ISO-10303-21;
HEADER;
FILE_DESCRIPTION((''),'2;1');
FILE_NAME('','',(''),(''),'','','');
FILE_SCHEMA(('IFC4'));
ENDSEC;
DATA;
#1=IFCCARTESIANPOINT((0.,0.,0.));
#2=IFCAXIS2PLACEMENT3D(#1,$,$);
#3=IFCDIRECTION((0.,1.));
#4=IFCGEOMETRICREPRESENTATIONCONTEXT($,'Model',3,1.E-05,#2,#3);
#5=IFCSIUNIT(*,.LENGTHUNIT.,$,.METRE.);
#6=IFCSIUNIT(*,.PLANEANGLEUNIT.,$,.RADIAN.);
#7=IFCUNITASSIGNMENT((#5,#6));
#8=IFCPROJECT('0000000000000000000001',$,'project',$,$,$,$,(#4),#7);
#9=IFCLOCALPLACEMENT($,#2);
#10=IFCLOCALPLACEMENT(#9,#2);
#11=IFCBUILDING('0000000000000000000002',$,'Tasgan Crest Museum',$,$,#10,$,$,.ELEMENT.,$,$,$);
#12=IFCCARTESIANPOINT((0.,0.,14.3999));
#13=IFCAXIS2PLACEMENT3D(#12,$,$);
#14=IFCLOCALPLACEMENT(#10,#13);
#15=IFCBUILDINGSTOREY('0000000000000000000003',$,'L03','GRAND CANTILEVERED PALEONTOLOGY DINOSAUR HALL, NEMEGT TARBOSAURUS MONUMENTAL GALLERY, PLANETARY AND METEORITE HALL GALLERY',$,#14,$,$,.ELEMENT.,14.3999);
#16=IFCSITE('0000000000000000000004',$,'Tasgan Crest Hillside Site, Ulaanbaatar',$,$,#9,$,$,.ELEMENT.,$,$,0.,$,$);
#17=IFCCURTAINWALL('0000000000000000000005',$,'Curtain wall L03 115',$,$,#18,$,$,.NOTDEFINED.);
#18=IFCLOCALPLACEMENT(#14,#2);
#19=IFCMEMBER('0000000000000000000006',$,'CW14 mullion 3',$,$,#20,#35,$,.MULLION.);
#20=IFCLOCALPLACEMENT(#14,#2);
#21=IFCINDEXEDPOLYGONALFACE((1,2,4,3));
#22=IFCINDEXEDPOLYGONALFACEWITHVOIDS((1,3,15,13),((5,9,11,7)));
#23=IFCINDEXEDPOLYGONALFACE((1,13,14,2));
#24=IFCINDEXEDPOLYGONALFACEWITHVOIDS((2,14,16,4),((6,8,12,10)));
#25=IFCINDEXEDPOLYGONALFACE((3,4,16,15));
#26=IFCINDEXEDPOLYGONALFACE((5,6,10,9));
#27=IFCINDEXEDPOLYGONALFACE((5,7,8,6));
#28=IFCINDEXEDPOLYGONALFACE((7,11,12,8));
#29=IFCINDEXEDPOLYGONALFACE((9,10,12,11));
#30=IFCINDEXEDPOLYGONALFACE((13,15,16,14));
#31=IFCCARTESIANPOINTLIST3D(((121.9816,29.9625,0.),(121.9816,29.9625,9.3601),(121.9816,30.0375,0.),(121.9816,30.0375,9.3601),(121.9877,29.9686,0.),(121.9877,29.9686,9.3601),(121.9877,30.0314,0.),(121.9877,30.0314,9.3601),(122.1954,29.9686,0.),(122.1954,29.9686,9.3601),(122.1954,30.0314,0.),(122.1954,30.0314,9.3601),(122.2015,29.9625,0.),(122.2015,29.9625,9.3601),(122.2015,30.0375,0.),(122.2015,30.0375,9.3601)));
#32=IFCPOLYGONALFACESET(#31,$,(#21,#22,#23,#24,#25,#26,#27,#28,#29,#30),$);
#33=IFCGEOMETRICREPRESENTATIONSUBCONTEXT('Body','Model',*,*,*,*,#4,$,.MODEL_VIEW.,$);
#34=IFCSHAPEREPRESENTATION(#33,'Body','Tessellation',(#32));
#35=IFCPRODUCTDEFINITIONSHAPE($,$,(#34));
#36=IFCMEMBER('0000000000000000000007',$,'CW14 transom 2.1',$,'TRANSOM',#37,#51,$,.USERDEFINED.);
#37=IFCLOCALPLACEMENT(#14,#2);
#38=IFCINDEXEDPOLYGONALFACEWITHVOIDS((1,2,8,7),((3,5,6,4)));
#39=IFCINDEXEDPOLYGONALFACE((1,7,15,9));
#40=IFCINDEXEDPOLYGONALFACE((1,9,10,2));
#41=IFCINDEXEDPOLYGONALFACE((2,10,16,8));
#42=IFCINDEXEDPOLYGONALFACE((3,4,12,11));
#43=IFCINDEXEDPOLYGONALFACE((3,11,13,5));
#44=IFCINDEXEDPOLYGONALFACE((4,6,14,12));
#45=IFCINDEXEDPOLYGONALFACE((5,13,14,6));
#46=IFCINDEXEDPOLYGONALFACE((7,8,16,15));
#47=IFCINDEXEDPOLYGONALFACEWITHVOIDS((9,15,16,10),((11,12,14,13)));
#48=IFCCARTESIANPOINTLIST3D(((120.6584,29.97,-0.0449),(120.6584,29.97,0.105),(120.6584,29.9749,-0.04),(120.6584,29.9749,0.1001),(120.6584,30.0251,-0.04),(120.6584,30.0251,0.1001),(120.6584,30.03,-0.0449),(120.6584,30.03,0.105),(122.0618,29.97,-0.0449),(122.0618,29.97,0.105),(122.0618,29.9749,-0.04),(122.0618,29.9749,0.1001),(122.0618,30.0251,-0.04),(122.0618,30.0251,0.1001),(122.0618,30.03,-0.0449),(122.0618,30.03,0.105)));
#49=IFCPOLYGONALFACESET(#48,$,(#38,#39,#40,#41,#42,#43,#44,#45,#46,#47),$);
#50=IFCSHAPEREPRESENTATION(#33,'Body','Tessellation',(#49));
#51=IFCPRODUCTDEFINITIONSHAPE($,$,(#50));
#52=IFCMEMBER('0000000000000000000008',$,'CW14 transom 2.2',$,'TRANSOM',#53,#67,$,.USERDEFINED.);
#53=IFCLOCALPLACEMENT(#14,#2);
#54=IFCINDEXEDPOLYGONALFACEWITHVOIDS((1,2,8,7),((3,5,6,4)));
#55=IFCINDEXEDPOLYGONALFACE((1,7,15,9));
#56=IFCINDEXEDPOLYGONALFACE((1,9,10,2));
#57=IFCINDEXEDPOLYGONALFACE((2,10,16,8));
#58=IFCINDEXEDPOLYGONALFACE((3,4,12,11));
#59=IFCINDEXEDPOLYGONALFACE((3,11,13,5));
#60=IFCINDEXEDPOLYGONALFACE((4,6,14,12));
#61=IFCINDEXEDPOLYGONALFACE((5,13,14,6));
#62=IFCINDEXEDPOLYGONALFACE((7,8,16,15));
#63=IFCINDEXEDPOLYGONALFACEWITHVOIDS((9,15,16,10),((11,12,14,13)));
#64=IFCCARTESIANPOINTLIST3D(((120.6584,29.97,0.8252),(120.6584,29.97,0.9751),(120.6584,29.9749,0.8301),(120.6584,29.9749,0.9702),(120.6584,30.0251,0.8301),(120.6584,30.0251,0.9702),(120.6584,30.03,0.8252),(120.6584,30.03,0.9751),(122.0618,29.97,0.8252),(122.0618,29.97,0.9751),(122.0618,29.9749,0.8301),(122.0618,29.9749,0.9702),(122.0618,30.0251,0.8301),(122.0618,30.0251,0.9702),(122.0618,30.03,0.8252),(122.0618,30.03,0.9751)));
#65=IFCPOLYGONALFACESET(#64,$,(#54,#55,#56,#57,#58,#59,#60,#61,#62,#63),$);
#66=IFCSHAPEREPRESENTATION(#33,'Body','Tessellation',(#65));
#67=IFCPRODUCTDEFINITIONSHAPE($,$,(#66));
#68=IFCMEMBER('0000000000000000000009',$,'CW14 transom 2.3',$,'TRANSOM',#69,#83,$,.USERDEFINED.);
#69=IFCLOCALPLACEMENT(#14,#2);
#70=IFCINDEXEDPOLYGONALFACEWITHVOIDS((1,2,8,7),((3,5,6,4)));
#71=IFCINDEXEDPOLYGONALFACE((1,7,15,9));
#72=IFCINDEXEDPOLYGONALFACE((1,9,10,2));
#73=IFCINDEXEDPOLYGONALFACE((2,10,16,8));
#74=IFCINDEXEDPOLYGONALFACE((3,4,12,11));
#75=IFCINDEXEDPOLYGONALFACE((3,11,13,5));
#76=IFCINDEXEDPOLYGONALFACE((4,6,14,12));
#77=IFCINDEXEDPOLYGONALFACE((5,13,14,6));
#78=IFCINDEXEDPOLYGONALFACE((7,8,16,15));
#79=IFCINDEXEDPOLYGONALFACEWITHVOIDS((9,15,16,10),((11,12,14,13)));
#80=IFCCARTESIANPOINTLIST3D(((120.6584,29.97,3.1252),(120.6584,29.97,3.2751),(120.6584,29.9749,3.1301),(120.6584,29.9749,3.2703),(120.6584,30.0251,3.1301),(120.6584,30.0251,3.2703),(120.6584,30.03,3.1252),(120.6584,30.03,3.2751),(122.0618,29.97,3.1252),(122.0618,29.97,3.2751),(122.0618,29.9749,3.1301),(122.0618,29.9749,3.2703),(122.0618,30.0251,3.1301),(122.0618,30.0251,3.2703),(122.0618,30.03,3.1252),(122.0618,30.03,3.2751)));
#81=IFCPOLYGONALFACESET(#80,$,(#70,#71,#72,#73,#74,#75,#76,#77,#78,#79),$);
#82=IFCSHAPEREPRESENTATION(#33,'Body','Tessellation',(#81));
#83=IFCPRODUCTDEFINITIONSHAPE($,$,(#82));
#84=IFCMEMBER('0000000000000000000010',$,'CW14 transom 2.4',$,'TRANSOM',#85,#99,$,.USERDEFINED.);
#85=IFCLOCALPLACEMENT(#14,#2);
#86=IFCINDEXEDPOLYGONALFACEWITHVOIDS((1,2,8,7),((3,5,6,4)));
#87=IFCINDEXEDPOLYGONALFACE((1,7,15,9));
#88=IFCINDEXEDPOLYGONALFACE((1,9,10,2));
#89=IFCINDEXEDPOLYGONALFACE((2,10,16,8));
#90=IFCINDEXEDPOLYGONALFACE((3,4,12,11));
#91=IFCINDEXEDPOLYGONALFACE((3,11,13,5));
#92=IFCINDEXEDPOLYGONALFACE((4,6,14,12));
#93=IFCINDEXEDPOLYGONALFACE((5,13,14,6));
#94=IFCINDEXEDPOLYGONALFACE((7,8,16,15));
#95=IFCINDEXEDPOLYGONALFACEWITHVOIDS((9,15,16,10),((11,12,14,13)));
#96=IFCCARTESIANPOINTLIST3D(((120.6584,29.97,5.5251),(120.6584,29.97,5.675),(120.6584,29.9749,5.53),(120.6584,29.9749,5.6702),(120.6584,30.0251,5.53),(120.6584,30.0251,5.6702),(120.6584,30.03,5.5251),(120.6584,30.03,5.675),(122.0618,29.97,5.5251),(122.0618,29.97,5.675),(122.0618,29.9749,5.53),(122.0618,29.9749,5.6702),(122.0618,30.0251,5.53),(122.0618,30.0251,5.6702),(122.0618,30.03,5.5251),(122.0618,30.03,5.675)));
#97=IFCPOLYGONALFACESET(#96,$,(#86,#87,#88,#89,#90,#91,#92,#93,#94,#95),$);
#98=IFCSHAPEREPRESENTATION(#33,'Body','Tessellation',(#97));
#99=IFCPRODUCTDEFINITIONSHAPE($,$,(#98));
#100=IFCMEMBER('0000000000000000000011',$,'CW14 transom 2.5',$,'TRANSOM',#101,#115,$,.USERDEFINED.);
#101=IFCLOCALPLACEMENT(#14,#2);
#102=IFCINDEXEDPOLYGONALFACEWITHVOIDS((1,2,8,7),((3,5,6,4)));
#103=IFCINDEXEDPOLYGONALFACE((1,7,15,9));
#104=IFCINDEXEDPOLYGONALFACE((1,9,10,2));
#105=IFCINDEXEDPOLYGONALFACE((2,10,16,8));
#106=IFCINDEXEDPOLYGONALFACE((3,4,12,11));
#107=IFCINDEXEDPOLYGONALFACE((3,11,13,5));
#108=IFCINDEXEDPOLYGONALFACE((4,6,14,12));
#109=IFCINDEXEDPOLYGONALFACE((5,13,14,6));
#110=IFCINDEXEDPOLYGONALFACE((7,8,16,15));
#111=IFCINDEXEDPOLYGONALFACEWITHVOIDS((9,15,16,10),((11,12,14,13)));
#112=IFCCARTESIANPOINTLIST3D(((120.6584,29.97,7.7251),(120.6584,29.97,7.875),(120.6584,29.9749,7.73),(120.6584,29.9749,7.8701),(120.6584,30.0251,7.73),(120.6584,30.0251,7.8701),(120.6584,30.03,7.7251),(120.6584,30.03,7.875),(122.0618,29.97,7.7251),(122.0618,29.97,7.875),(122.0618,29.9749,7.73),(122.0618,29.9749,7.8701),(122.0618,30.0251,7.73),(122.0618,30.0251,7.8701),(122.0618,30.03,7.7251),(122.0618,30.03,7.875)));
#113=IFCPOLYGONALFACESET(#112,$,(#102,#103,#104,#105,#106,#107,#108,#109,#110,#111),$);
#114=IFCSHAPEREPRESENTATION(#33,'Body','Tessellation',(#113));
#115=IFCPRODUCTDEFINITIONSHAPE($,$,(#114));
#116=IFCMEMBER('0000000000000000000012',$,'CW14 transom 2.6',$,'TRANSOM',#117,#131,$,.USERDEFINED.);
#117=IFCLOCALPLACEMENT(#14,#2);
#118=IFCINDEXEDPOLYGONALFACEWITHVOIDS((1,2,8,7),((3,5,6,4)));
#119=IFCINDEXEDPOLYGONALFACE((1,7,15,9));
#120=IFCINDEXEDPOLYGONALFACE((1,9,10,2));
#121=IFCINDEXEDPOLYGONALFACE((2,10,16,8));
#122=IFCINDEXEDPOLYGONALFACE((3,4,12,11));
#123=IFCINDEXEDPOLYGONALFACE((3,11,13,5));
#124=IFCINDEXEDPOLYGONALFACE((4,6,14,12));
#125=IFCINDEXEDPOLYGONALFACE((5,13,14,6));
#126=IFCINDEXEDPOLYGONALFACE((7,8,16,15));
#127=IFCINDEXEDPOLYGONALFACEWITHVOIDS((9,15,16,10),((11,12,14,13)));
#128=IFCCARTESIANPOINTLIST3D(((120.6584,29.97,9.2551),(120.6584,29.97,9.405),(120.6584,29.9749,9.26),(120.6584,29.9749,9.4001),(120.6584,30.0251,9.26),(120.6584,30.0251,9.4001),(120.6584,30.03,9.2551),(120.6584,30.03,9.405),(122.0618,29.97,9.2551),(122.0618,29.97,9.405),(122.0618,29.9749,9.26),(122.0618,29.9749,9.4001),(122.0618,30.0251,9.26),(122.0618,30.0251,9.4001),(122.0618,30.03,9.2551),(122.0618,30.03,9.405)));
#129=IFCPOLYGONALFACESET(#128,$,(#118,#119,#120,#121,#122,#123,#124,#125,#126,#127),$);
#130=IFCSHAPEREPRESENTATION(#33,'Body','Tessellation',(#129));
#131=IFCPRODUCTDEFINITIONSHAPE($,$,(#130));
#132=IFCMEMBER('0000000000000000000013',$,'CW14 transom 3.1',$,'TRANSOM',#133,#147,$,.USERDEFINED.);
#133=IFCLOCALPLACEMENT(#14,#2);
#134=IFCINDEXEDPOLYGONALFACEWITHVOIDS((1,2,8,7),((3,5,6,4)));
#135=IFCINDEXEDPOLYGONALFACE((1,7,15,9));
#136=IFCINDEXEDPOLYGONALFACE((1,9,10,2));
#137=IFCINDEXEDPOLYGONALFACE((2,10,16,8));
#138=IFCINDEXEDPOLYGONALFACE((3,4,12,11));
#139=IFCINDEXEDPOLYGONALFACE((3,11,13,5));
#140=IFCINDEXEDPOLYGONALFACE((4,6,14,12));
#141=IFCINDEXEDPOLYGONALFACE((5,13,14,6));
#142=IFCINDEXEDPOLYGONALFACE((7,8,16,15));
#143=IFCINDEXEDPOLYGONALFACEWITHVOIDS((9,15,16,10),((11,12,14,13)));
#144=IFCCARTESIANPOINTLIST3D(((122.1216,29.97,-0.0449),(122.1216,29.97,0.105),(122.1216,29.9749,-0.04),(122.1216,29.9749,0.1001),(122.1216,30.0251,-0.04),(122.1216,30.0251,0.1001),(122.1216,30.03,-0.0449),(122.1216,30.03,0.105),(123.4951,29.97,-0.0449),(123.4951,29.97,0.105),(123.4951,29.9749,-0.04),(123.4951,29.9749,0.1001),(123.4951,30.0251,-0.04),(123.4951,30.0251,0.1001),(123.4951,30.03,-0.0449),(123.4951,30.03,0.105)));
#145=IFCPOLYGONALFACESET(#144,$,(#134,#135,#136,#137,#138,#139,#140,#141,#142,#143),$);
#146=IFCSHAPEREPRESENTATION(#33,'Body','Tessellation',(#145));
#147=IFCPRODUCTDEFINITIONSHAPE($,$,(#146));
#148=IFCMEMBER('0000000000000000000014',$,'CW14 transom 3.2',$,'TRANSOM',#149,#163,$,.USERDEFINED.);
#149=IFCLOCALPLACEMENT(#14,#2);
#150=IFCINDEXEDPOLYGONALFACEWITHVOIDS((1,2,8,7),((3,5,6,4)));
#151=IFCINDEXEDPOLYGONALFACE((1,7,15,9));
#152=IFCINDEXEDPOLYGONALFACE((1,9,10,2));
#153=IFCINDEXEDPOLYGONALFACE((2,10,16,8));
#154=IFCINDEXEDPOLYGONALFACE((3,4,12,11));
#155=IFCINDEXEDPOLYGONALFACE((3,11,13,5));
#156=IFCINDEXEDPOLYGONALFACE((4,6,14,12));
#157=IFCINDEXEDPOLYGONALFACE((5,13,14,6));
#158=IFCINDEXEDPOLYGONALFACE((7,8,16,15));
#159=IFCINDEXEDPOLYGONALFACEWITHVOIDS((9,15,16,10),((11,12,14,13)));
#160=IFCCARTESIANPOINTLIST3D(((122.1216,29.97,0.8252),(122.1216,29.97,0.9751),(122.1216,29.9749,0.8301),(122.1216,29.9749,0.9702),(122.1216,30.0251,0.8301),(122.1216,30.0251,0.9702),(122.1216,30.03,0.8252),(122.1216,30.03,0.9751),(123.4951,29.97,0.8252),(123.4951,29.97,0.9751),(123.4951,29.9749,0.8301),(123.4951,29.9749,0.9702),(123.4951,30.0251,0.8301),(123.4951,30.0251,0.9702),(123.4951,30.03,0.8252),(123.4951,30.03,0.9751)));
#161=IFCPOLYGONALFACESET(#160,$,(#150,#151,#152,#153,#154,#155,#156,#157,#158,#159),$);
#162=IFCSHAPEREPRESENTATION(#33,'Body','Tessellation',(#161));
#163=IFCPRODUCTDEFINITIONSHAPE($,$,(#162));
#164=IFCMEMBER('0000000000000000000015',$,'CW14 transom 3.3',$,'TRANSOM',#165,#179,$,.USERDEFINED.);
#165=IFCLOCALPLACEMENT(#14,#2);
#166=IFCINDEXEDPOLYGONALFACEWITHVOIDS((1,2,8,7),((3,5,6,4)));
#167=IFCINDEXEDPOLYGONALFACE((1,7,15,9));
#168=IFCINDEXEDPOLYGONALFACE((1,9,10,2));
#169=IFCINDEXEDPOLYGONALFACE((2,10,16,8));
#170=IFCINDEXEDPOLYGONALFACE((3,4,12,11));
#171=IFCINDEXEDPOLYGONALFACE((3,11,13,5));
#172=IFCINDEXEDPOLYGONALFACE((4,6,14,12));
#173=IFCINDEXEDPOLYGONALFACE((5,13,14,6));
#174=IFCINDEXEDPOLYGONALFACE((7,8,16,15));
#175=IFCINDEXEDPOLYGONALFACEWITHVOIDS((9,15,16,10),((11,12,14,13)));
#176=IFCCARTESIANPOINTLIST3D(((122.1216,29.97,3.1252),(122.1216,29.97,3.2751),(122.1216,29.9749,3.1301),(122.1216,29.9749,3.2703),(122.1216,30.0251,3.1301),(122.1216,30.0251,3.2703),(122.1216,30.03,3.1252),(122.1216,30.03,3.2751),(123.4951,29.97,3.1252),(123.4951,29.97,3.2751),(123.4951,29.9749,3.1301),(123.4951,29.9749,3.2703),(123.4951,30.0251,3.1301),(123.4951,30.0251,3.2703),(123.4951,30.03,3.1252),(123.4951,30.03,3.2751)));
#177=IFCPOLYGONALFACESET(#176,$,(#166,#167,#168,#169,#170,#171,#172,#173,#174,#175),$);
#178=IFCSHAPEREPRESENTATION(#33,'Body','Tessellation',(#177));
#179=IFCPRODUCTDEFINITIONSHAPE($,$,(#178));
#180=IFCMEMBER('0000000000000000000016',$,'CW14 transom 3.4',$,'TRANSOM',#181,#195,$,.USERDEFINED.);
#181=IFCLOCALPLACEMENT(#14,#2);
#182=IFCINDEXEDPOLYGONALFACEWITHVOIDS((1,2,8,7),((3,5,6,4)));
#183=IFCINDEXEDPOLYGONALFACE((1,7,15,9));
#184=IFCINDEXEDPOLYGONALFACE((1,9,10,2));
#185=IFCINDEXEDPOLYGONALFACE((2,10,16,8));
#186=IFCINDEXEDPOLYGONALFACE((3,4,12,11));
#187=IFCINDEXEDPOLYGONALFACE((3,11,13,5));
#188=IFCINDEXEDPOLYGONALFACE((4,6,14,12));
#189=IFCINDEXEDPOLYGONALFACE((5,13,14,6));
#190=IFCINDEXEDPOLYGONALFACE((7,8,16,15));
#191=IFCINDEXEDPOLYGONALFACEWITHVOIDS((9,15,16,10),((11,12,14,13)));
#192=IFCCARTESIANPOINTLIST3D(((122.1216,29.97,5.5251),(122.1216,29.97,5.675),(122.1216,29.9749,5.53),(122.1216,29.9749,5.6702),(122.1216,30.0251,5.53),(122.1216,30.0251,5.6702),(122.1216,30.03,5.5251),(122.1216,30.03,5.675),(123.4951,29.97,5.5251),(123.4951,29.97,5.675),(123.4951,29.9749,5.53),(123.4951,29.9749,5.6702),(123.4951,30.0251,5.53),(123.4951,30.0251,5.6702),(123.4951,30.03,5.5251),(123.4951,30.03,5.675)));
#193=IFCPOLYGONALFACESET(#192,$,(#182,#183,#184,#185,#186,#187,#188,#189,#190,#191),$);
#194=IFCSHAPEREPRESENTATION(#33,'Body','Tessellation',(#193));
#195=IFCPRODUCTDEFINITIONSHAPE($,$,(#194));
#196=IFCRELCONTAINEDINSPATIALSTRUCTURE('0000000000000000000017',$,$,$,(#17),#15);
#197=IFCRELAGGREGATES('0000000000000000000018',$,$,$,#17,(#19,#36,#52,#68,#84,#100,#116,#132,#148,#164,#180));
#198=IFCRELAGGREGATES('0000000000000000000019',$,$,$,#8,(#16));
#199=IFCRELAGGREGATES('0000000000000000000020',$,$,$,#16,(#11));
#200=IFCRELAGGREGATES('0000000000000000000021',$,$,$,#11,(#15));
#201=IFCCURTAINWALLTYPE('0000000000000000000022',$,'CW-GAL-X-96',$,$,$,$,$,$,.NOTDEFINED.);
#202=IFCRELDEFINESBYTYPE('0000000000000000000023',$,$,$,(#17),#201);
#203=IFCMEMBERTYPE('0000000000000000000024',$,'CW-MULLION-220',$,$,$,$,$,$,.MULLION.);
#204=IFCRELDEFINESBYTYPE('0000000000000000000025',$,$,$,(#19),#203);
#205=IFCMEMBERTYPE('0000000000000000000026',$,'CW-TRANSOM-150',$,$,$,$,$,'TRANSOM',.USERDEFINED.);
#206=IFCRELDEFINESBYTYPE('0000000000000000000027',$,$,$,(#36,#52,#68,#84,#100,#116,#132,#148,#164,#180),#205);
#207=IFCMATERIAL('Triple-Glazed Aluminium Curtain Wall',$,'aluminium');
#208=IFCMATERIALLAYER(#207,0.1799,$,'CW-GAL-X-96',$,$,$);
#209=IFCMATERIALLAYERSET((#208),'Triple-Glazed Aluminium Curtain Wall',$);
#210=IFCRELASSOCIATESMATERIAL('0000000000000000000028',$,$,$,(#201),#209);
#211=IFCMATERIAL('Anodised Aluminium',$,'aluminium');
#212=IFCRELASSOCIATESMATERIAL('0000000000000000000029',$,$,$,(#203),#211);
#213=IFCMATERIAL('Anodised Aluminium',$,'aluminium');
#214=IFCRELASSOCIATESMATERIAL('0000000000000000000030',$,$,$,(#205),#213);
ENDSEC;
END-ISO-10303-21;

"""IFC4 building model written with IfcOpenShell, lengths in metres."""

from ifc_helpers import new_model, si_unit, direction, frame, origin, origin_2d, place, context, subcontext, project, spatial, hollow_rectangle, extrude, material, layer, layer_set, material_profile, profile_set, type_object, element, aggregate, save


model = new_model("IFC4")

# Units and contexts
model_context = context("Model", 3, precision=1e-05, world=origin(), true_north=direction((0.0, 1.0)))
body_context = subcontext(model_context, "Body", "Model", "MODEL_VIEW")
ifc_project = project(units=[si_unit("LENGTHUNIT", "METRE"), si_unit("PLANEANGLEUNIT", "RADIAN")], contexts=[model_context])

# Site, building, storey
site_placement = place(None, origin())
site = spatial("IfcSite", under=ifc_project, at=site_placement, Name="Tasgan Crest Hillside Site, Ulaanbaatar", CompositionType="ELEMENT", RefElevation=0.0)
building_placement = place(site_placement, origin())
building = spatial("IfcBuilding", under=site, at=building_placement, Name="Tasgan Crest Museum", CompositionType="ELEMENT")
storey_placement = place(building_placement, frame((0.0, 0.0, 14.3999)))
storey = spatial("IfcBuildingStorey", under=building, at=storey_placement, Name="L03", Description="GRAND CANTILEVERED PALEONTOLOGY DINOSAUR HALL, NEMEGT TARBOSAURUS MONUMENTAL GALLERY, PLANETARY AND METEORITE HALL GALLERY", CompositionType="ELEMENT", Elevation=14.3999)

# Curtain wall, members
ifc_material_1 = material(Name="Triple-Glazed Aluminium Curtain Wall", Category="aluminium")
ifc_layer_1 = layer(ifc_material_1, 0.1799, Name="CW-GAL-X-96")
ifc_layer_set_1 = layer_set([ifc_layer_1], Name="Triple-Glazed Aluminium Curtain Wall")
curtain_wall_type = type_object("IfcCurtainWallType", Name="CW-GAL-X-96", PredefinedType="NOTDEFINED", material=ifc_layer_set_1)
curtain_wall_placement = place(storey_placement, origin())
curtain_wall = element("IfcCurtainWall", 1, at=curtain_wall_placement, inside=storey, type_object=curtain_wall_type, Name="Curtain wall L03 115", PredefinedType="NOTDEFINED")
ifc_material_2 = material(Name="Anodised Aluminium", Category="aluminium")
ifc_material_profile_1 = material_profile(ifc_material_2, hollow_rectangle(XDim=0.075, YDim=0.22, WallThickness=0.0061, at=origin_2d()), Name="ALU MULLION 220x75x6")
ifc_profile_set_1 = profile_set([ifc_material_profile_1], Name="Anodised Aluminium")
member_type_1 = type_object("IfcMemberType", Name="CW-MULLION-220", PredefinedType="MULLION", material=ifc_profile_set_1)
member_1_placement = place(storey_placement, frame((122.0916, 30.0, 0.0), z_axis=(0.0, 0.0, 1.0), x_axis=(0.0, 1.0, 0.0)))
member_1 = element("IfcMember", 2, at=member_1_placement, type_object=member_type_1, Name="CW14 mullion 3", PredefinedType="MULLION", context=body_context, shape_type="SweptSolid", body=[
    extrude(hollow_rectangle(XDim=0.075, YDim=0.22, WallThickness=0.0061, at=origin_2d()), origin(), (0.0, 0.0, 1.0), 9.3601),
])
ifc_material_3 = material(Name="Anodised Aluminium", Category="aluminium")
ifc_material_profile_2 = material_profile(ifc_material_3, hollow_rectangle(XDim=0.0601, YDim=0.1499, WallThickness=0.0049, at=origin_2d()), Name="ALU TRANSOM 150x60x5")
ifc_profile_set_2 = profile_set([ifc_material_profile_2], Name="Anodised Aluminium")
member_type_2 = type_object("IfcMemberType", Name="CW-TRANSOM-150", ElementType="TRANSOM", PredefinedType="USERDEFINED", material=ifc_profile_set_2)
member_2_placement = place(storey_placement, frame((120.6584, 30.0, 0.03), z_axis=(1.0, 0.0, 0.0), x_axis=(0.0, 1.0, 0.0)))
member_2 = element("IfcMember", 3, at=member_2_placement, type_object=member_type_2, Name="CW14 transom 2.1", ObjectType="TRANSOM", PredefinedType="USERDEFINED", context=body_context, shape_type="SweptSolid", body=[
    extrude(hollow_rectangle(XDim=0.0601, YDim=0.1499, WallThickness=0.0049, at=origin_2d()), origin(), (0.0, 0.0, 1.0), 1.4033),
])
member_3_placement = place(storey_placement, frame((120.6584, 30.0, 0.9001), z_axis=(1.0, 0.0, 0.0), x_axis=(0.0, 1.0, 0.0)))
member_3 = element("IfcMember", 4, at=member_3_placement, type_object=member_type_2, Name="CW14 transom 2.2", ObjectType="TRANSOM", PredefinedType="USERDEFINED", context=body_context, shape_type="SweptSolid", body=[
    extrude(hollow_rectangle(XDim=0.0601, YDim=0.1499, WallThickness=0.0049, at=origin_2d()), origin(), (0.0, 0.0, 1.0), 1.4033),
])
member_4_placement = place(storey_placement, frame((120.6584, 30.0, 3.2002), z_axis=(1.0, 0.0, 0.0), x_axis=(0.0, 1.0, 0.0)))
member_4 = element("IfcMember", 5, at=member_4_placement, type_object=member_type_2, Name="CW14 transom 2.3", ObjectType="TRANSOM", PredefinedType="USERDEFINED", context=body_context, shape_type="SweptSolid", body=[
    extrude(hollow_rectangle(XDim=0.0601, YDim=0.1499, WallThickness=0.0049, at=origin_2d()), origin(), (0.0, 0.0, 1.0), 1.4033),
])
member_5_placement = place(storey_placement, frame((120.6584, 30.0, 5.6001), z_axis=(1.0, 0.0, 0.0), x_axis=(0.0, 1.0, 0.0)))
member_5 = element("IfcMember", 6, at=member_5_placement, type_object=member_type_2, Name="CW14 transom 2.4", ObjectType="TRANSOM", PredefinedType="USERDEFINED", context=body_context, shape_type="SweptSolid", body=[
    extrude(hollow_rectangle(XDim=0.0601, YDim=0.1499, WallThickness=0.0049, at=origin_2d()), origin(), (0.0, 0.0, 1.0), 1.4033),
])
member_6_placement = place(storey_placement, frame((120.6584, 30.0, 7.8), z_axis=(1.0, 0.0, 0.0), x_axis=(0.0, 1.0, 0.0)))
member_6 = element("IfcMember", 7, at=member_6_placement, type_object=member_type_2, Name="CW14 transom 2.5", ObjectType="TRANSOM", PredefinedType="USERDEFINED", context=body_context, shape_type="SweptSolid", body=[
    extrude(hollow_rectangle(XDim=0.0601, YDim=0.1499, WallThickness=0.0049, at=origin_2d()), origin(), (0.0, 0.0, 1.0), 1.4033),
])
member_7_placement = place(storey_placement, frame((120.6584, 30.0, 9.3301), z_axis=(1.0, 0.0, 0.0), x_axis=(0.0, 1.0, 0.0)))
member_7 = element("IfcMember", 8, at=member_7_placement, type_object=member_type_2, Name="CW14 transom 2.6", ObjectType="TRANSOM", PredefinedType="USERDEFINED", context=body_context, shape_type="SweptSolid", body=[
    extrude(hollow_rectangle(XDim=0.0601, YDim=0.1499, WallThickness=0.0049, at=origin_2d()), origin(), (0.0, 0.0, 1.0), 1.4033),
])
member_8_placement = place(storey_placement, frame((122.1216, 30.0, 0.03), z_axis=(1.0, 0.0, 0.0), x_axis=(0.0, 1.0, 0.0)))
member_8 = element("IfcMember", 9, at=member_8_placement, type_object=member_type_2, Name="CW14 transom 3.1", ObjectType="TRANSOM", PredefinedType="USERDEFINED", context=body_context, shape_type="SweptSolid", body=[
    extrude(hollow_rectangle(XDim=0.0601, YDim=0.1499, WallThickness=0.0049, at=origin_2d()), origin(), (0.0, 0.0, 1.0), 1.3735),
])
member_9_placement = place(storey_placement, frame((122.1216, 30.0, 0.9001), z_axis=(1.0, 0.0, 0.0), x_axis=(0.0, 1.0, 0.0)))
member_9 = element("IfcMember", 10, at=member_9_placement, type_object=member_type_2, Name="CW14 transom 3.2", ObjectType="TRANSOM", PredefinedType="USERDEFINED", context=body_context, shape_type="SweptSolid", body=[
    extrude(hollow_rectangle(XDim=0.0601, YDim=0.1499, WallThickness=0.0049, at=origin_2d()), origin(), (0.0, 0.0, 1.0), 1.3735),
])
member_10_placement = place(storey_placement, frame((122.1216, 30.0, 3.2002), z_axis=(1.0, 0.0, 0.0), x_axis=(0.0, 1.0, 0.0)))
member_10 = element("IfcMember", 11, at=member_10_placement, type_object=member_type_2, Name="CW14 transom 3.3", ObjectType="TRANSOM", PredefinedType="USERDEFINED", context=body_context, shape_type="SweptSolid", body=[
    extrude(hollow_rectangle(XDim=0.0601, YDim=0.1499, WallThickness=0.0049, at=origin_2d()), origin(), (0.0, 0.0, 1.0), 1.3735),
])
member_11_placement = place(storey_placement, frame((122.1216, 30.0, 5.6001), z_axis=(1.0, 0.0, 0.0), x_axis=(0.0, 1.0, 0.0)))
member_11 = element("IfcMember", 12, at=member_11_placement, type_object=member_type_2, Name="CW14 transom 3.4", ObjectType="TRANSOM", PredefinedType="USERDEFINED", context=body_context, shape_type="SweptSolid", body=[
    extrude(hollow_rectangle(XDim=0.0601, YDim=0.1499, WallThickness=0.0049, at=origin_2d()), origin(), (0.0, 0.0, 1.0), 1.3735),
])
aggregate(curtain_wall, [member_1, member_2, member_3, member_4, member_5, member_6, member_7, member_8, member_9, member_10, member_11])

save(model, "model.ifc")
